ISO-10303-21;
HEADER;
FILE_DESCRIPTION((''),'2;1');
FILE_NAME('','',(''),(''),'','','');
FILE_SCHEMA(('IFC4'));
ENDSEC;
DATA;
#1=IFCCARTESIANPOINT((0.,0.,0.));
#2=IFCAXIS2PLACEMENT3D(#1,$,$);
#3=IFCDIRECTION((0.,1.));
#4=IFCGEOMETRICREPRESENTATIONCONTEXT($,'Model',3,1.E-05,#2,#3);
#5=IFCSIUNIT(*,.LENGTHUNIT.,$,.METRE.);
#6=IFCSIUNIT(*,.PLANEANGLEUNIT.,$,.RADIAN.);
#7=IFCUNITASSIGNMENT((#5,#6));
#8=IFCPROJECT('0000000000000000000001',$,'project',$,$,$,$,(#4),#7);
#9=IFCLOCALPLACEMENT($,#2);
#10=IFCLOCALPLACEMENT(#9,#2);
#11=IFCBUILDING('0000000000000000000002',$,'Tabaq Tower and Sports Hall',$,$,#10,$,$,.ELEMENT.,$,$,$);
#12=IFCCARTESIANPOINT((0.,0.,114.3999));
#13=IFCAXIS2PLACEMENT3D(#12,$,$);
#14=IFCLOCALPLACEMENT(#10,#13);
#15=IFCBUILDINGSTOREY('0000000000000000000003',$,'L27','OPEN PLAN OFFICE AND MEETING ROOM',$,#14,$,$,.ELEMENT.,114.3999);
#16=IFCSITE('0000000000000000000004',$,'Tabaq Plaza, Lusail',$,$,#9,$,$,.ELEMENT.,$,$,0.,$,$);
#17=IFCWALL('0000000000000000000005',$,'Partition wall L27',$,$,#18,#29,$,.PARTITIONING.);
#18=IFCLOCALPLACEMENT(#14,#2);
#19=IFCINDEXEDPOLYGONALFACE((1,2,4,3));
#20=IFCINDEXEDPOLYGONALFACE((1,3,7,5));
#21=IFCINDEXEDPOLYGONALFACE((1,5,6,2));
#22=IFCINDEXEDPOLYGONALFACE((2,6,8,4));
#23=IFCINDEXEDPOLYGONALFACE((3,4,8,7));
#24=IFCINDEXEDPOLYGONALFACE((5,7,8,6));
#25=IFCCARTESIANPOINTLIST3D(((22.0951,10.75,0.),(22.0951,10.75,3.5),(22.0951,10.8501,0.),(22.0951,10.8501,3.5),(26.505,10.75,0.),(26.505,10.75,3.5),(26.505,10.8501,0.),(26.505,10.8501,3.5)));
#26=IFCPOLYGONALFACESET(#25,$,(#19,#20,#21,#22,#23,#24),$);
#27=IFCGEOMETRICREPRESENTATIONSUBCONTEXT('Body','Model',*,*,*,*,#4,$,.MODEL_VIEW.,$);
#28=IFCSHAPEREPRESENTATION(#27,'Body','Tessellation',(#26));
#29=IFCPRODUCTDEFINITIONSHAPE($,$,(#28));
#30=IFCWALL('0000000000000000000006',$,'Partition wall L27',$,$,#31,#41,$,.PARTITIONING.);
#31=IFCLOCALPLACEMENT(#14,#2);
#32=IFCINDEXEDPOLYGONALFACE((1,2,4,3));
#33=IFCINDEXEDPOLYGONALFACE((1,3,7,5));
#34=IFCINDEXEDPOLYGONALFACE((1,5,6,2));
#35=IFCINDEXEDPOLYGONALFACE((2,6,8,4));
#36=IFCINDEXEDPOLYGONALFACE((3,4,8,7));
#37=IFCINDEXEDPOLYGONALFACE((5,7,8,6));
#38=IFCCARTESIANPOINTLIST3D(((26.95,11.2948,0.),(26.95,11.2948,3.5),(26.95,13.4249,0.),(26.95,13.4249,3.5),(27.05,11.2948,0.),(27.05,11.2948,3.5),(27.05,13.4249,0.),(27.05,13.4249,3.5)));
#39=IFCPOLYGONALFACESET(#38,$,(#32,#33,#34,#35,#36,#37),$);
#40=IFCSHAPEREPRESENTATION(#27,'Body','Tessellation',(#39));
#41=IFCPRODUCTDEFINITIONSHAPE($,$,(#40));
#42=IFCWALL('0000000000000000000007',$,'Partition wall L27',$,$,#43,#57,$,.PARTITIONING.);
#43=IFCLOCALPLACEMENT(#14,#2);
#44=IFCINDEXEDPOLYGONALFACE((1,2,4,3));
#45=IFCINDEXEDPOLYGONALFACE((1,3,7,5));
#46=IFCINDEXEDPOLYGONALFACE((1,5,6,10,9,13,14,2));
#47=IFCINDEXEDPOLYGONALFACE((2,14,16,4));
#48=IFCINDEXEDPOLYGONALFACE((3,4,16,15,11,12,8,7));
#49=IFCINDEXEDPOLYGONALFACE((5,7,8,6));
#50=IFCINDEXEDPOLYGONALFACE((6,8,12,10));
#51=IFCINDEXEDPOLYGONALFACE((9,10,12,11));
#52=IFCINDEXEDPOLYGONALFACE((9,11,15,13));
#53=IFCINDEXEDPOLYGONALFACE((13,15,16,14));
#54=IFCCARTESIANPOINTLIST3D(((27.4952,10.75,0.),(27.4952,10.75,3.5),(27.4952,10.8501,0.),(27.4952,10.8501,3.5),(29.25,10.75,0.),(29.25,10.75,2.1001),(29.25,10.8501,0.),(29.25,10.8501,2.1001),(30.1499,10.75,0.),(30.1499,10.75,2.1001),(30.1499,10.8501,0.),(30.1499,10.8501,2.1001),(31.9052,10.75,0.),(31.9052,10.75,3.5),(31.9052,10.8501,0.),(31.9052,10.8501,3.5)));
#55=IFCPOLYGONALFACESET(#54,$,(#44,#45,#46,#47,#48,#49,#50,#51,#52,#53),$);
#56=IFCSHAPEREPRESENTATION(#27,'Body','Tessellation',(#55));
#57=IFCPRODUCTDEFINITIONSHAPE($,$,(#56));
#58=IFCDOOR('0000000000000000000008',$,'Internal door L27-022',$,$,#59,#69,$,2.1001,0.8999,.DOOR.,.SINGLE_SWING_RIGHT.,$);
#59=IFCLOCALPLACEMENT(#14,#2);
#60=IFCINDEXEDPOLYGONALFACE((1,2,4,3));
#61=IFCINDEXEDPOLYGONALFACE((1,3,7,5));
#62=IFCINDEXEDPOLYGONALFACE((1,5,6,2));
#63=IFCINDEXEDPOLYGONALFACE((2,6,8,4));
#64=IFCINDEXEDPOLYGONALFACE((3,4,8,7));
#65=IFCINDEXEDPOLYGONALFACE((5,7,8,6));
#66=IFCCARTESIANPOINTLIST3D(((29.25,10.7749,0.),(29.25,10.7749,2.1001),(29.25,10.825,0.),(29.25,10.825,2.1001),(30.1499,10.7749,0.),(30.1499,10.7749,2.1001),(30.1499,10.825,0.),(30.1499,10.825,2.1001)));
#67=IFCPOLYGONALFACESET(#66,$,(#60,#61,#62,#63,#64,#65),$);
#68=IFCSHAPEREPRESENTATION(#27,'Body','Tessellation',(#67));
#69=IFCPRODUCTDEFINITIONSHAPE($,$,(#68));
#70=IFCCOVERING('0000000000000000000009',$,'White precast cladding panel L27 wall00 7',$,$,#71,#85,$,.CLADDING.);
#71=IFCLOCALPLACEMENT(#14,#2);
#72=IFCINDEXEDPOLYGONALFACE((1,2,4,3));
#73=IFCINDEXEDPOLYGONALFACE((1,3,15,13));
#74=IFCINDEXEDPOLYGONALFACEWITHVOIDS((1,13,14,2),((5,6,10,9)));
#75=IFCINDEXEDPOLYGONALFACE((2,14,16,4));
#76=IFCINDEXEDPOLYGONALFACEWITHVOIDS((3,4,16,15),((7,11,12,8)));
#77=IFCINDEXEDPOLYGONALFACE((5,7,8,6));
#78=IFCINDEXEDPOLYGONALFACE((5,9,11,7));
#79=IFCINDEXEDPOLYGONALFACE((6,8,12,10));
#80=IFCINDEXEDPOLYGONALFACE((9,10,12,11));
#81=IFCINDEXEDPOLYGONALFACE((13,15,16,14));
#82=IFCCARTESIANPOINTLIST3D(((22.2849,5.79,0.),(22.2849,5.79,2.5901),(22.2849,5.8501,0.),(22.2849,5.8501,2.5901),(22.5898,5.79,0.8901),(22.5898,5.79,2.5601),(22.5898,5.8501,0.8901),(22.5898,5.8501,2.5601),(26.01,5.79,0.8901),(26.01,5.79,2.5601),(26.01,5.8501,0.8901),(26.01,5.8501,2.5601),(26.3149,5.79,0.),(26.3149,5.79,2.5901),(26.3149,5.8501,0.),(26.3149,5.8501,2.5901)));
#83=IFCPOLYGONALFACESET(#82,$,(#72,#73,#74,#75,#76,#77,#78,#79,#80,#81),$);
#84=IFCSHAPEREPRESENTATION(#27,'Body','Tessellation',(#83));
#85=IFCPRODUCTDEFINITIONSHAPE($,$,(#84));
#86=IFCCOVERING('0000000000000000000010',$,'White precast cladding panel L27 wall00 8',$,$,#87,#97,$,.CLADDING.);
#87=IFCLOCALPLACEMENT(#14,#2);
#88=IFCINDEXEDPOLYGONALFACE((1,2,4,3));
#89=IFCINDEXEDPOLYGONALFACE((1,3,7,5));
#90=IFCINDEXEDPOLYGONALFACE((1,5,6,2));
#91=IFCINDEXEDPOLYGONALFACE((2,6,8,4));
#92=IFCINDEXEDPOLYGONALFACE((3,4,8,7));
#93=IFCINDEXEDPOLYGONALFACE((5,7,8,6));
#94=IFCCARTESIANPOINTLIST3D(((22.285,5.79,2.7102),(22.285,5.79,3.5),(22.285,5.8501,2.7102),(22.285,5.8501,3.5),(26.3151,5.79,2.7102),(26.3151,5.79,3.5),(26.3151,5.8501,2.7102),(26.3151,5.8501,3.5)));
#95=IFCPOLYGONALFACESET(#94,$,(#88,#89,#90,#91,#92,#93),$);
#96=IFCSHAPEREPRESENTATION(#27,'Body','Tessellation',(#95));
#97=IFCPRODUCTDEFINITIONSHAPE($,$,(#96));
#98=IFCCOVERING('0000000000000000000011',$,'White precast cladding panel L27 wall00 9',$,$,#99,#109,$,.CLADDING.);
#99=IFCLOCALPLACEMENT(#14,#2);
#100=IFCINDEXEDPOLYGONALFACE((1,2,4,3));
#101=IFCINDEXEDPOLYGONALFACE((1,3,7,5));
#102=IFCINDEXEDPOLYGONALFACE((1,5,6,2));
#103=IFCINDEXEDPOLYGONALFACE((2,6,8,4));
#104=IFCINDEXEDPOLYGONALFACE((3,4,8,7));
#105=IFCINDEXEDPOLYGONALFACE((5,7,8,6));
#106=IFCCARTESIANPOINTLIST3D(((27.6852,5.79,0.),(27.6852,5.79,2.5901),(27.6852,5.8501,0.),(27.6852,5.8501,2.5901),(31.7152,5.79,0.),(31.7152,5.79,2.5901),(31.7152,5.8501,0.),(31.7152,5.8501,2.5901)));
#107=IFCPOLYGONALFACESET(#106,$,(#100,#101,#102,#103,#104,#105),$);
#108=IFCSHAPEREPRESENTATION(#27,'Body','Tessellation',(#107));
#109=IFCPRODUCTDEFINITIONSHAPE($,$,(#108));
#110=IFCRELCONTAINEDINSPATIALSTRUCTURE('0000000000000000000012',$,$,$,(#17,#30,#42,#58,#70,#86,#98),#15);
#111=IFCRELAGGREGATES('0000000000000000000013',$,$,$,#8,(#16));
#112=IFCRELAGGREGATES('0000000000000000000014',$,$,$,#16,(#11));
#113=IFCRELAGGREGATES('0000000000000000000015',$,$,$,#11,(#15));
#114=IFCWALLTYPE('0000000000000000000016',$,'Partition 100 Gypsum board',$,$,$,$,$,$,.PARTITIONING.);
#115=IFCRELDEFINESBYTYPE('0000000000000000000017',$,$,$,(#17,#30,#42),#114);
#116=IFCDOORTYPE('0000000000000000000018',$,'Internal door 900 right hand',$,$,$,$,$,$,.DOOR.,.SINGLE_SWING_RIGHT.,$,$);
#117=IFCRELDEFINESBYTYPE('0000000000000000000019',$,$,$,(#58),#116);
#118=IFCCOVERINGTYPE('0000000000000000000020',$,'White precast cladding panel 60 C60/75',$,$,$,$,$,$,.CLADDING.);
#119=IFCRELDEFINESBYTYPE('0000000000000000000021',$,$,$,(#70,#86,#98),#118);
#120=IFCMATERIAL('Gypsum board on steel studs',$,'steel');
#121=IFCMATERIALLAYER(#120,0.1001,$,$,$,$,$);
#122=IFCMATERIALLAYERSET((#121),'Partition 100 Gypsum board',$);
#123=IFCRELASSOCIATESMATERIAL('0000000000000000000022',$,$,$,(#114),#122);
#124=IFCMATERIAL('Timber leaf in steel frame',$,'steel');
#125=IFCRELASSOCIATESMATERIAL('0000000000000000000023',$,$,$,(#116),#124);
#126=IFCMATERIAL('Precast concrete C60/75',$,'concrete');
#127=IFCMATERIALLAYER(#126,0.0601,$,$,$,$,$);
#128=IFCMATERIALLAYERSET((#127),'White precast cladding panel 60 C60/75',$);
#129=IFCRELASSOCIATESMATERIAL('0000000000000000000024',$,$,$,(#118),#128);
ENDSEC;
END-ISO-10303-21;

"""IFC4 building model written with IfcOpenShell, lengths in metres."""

from ifc_helpers import new_model, si_unit, direction, frame, frame_2d, origin, place, context, subcontext, project, spatial, polyline, rectangle, outline, extrude, material, layer, layer_set, type_object, element, fill, save


model = new_model("IFC4")

# Units and contexts
model_context = context("Model", 3, precision=1e-05, world=origin(), true_north=direction((0.0, 1.0)))
body_context = subcontext(model_context, "Body", "Model", "MODEL_VIEW")
ifc_project = project(units=[si_unit("LENGTHUNIT", "METRE"), si_unit("PLANEANGLEUNIT", "RADIAN")], contexts=[model_context])

# Site, building, storey
site_placement = place(None, origin())
site = spatial("IfcSite", under=ifc_project, at=site_placement, Name="Tabaq Plaza, Lusail", CompositionType="ELEMENT", RefElevation=0.0)
building_placement = place(site_placement, origin())
building = spatial("IfcBuilding", under=site, at=building_placement, Name="Tabaq Tower and Sports Hall", CompositionType="ELEMENT")
storey_placement = place(building_placement, frame((0.0, 0.0, 114.3999)))
storey = spatial("IfcBuildingStorey", under=building, at=storey_placement, Name="L27", Description="OPEN PLAN OFFICE AND MEETING ROOM", CompositionType="ELEMENT", Elevation=114.3999)

# Walls
ifc_material_1 = material(Name="Gypsum board on steel studs", Category="steel")
ifc_layer_1 = layer(ifc_material_1, 0.1001)
ifc_layer_set_1 = layer_set([ifc_layer_1], Name="Partition 100 Gypsum board")
wall_type = type_object("IfcWallType", Name="Partition 100 Gypsum board", PredefinedType="PARTITIONING", material=ifc_layer_set_1)
wall_1_placement = place(storey_placement, frame((22.095, 10.8, 0.0), z_axis=(0.0, 0.0, 1.0), x_axis=(1.0, 0.0, 0.0)))
element("IfcWall", 1, at=wall_1_placement, inside=storey, type_object=wall_type, Name="Partition wall L27", PredefinedType="PARTITIONING", context=body_context, shape_type="SweptSolid", body=[
    extrude(rectangle(XDim=4.4099, YDim=0.1001, at=frame_2d((2.2051, 0.0))), origin(), (0.0, 0.0, 1.0), 3.5),
])
wall_2_placement = place(storey_placement, frame((27.0, 11.2949, 0.0), z_axis=(0.0, 0.0, 1.0), x_axis=(0.0, 1.0, 0.0)))
element("IfcWall", 2, at=wall_2_placement, inside=storey, type_object=wall_type, Name="Partition wall L27", PredefinedType="PARTITIONING", context=body_context, shape_type="SweptSolid", body=[
    extrude(rectangle(XDim=2.1301, YDim=0.1001, at=frame_2d((1.0649, 0.0))), origin(), (0.0, 0.0, 1.0), 3.5),
])

# Wall, opening, door
wall_3_placement = place(storey_placement, frame((27.4951, 10.8, 0.0), z_axis=(0.0, 0.0, 1.0), x_axis=(1.0, 0.0, 0.0)))
wall_3 = element("IfcWall", 3, at=wall_3_placement, inside=storey, type_object=wall_type, Name="Partition wall L27", PredefinedType="PARTITIONING", context=body_context, shape_type="SweptSolid", body=[
    extrude(rectangle(XDim=4.4099, YDim=0.1001, at=frame_2d((2.2051, 0.0))), origin(), (0.0, 0.0, 1.0), 3.5),
])
opening_placement = place(wall_3_placement, frame((1.7549, 0.0, 0.0)))
opening = element("IfcOpeningElement", 4, at=opening_placement, cuts=wall_3, PredefinedType="OPENING", context=body_context, shape_type="SweptSolid", body=[
    extrude(rectangle(XDim=0.8999, YDim=2.1001, at=frame_2d((0.45, 1.05))), frame((0.0, 0.05, 0.0), z_axis=(0.0, -1.0, 0.0), x_axis=(1.0, 0.0, 0.0)), (0.0, 0.0, 1.0), 0.1001),
])
ifc_material_2 = material(Name="Timber leaf in steel frame", Category="steel")
door_type = type_object("IfcDoorType", Name="Internal door 900 right hand", OperationType="SINGLE_SWING_RIGHT", PredefinedType="DOOR", material=ifc_material_2)
door_placement = place(opening_placement, origin())
door = element("IfcDoor", 5, at=door_placement, inside=storey, type_object=door_type, Name="Internal door L27-022", OperationType="SINGLE_SWING_RIGHT", OverallHeight=2.1001, OverallWidth=0.8999, PredefinedType="DOOR", context=body_context, shape_type="SweptSolid", body=[
    extrude(rectangle(XDim=0.8999, YDim=2.1001, at=frame_2d((0.45, 1.05))), frame((0.0, 0.0249, 0.0), z_axis=(0.0, -1.0, 0.0), x_axis=(1.0, 0.0, 0.0)), (0.0, 0.0, 1.0), 0.05),
])
fill(opening, door)

# Coverings
ifc_material_3 = material(Name="Precast concrete C60/75", Category="concrete")
ifc_layer_2 = layer(ifc_material_3, 0.0601)
ifc_layer_set_2 = layer_set([ifc_layer_2], Name="White precast cladding panel 60 C60/75")
covering_type = type_object("IfcCoveringType", Name="White precast cladding panel 60 C60/75", PredefinedType="CLADDING", material=ifc_layer_set_2)
covering_1_placement = place(storey_placement, frame((22.2849, 5.8201, 0.0), z_axis=(0.0, 0.0, 1.0), x_axis=(1.0, 0.0, 0.0)))
element("IfcCovering", 6, at=covering_1_placement, inside=storey, type_object=covering_type, Name="White precast cladding panel L27 wall00 7", PredefinedType="CLADDING", context=body_context, shape_type="SweptSolid", body=[
    extrude(outline(polyline([(0.0, 0.0), (4.03, 0.0), (4.03, 2.5901), (0.0, 2.5901), (0.0, 0.0)]), holes=[polyline([(3.7251, 0.8901), (0.3049, 0.8901), (0.3049, 2.5601), (3.7251, 2.5601), (3.7251, 0.8901)])]), frame((0.0, 0.03, 0.0), z_axis=(0.0, -1.0, 0.0), x_axis=(1.0, 0.0, 0.0)), (0.0, 0.0, 1.0), 0.0601),
])
covering_2_placement = place(storey_placement, frame((22.2849, 5.8201, 2.7102), z_axis=(0.0, 0.0, 1.0), x_axis=(1.0, 0.0, 0.0)))
element("IfcCovering", 7, at=covering_2_placement, inside=storey, type_object=covering_type, Name="White precast cladding panel L27 wall00 8", PredefinedType="CLADDING", context=body_context, shape_type="SweptSolid", body=[
    extrude(rectangle(XDim=4.03, YDim=0.0601, at=frame_2d((2.0151, 0.0))), origin(), (0.0, 0.0, 1.0), 0.7898),
])
covering_3_placement = place(storey_placement, frame((27.6851, 5.8201, 0.0), z_axis=(0.0, 0.0, 1.0), x_axis=(1.0, 0.0, 0.0)))
element("IfcCovering", 8, at=covering_3_placement, inside=storey, type_object=covering_type, Name="White precast cladding panel L27 wall00 9", PredefinedType="CLADDING", context=body_context, shape_type="SweptSolid", body=[
    extrude(rectangle(XDim=4.03, YDim=0.0601, at=frame_2d((2.0151, 0.0))), origin(), (0.0, 0.0, 1.0), 2.5901),
])

save(model, "model.ifc")
